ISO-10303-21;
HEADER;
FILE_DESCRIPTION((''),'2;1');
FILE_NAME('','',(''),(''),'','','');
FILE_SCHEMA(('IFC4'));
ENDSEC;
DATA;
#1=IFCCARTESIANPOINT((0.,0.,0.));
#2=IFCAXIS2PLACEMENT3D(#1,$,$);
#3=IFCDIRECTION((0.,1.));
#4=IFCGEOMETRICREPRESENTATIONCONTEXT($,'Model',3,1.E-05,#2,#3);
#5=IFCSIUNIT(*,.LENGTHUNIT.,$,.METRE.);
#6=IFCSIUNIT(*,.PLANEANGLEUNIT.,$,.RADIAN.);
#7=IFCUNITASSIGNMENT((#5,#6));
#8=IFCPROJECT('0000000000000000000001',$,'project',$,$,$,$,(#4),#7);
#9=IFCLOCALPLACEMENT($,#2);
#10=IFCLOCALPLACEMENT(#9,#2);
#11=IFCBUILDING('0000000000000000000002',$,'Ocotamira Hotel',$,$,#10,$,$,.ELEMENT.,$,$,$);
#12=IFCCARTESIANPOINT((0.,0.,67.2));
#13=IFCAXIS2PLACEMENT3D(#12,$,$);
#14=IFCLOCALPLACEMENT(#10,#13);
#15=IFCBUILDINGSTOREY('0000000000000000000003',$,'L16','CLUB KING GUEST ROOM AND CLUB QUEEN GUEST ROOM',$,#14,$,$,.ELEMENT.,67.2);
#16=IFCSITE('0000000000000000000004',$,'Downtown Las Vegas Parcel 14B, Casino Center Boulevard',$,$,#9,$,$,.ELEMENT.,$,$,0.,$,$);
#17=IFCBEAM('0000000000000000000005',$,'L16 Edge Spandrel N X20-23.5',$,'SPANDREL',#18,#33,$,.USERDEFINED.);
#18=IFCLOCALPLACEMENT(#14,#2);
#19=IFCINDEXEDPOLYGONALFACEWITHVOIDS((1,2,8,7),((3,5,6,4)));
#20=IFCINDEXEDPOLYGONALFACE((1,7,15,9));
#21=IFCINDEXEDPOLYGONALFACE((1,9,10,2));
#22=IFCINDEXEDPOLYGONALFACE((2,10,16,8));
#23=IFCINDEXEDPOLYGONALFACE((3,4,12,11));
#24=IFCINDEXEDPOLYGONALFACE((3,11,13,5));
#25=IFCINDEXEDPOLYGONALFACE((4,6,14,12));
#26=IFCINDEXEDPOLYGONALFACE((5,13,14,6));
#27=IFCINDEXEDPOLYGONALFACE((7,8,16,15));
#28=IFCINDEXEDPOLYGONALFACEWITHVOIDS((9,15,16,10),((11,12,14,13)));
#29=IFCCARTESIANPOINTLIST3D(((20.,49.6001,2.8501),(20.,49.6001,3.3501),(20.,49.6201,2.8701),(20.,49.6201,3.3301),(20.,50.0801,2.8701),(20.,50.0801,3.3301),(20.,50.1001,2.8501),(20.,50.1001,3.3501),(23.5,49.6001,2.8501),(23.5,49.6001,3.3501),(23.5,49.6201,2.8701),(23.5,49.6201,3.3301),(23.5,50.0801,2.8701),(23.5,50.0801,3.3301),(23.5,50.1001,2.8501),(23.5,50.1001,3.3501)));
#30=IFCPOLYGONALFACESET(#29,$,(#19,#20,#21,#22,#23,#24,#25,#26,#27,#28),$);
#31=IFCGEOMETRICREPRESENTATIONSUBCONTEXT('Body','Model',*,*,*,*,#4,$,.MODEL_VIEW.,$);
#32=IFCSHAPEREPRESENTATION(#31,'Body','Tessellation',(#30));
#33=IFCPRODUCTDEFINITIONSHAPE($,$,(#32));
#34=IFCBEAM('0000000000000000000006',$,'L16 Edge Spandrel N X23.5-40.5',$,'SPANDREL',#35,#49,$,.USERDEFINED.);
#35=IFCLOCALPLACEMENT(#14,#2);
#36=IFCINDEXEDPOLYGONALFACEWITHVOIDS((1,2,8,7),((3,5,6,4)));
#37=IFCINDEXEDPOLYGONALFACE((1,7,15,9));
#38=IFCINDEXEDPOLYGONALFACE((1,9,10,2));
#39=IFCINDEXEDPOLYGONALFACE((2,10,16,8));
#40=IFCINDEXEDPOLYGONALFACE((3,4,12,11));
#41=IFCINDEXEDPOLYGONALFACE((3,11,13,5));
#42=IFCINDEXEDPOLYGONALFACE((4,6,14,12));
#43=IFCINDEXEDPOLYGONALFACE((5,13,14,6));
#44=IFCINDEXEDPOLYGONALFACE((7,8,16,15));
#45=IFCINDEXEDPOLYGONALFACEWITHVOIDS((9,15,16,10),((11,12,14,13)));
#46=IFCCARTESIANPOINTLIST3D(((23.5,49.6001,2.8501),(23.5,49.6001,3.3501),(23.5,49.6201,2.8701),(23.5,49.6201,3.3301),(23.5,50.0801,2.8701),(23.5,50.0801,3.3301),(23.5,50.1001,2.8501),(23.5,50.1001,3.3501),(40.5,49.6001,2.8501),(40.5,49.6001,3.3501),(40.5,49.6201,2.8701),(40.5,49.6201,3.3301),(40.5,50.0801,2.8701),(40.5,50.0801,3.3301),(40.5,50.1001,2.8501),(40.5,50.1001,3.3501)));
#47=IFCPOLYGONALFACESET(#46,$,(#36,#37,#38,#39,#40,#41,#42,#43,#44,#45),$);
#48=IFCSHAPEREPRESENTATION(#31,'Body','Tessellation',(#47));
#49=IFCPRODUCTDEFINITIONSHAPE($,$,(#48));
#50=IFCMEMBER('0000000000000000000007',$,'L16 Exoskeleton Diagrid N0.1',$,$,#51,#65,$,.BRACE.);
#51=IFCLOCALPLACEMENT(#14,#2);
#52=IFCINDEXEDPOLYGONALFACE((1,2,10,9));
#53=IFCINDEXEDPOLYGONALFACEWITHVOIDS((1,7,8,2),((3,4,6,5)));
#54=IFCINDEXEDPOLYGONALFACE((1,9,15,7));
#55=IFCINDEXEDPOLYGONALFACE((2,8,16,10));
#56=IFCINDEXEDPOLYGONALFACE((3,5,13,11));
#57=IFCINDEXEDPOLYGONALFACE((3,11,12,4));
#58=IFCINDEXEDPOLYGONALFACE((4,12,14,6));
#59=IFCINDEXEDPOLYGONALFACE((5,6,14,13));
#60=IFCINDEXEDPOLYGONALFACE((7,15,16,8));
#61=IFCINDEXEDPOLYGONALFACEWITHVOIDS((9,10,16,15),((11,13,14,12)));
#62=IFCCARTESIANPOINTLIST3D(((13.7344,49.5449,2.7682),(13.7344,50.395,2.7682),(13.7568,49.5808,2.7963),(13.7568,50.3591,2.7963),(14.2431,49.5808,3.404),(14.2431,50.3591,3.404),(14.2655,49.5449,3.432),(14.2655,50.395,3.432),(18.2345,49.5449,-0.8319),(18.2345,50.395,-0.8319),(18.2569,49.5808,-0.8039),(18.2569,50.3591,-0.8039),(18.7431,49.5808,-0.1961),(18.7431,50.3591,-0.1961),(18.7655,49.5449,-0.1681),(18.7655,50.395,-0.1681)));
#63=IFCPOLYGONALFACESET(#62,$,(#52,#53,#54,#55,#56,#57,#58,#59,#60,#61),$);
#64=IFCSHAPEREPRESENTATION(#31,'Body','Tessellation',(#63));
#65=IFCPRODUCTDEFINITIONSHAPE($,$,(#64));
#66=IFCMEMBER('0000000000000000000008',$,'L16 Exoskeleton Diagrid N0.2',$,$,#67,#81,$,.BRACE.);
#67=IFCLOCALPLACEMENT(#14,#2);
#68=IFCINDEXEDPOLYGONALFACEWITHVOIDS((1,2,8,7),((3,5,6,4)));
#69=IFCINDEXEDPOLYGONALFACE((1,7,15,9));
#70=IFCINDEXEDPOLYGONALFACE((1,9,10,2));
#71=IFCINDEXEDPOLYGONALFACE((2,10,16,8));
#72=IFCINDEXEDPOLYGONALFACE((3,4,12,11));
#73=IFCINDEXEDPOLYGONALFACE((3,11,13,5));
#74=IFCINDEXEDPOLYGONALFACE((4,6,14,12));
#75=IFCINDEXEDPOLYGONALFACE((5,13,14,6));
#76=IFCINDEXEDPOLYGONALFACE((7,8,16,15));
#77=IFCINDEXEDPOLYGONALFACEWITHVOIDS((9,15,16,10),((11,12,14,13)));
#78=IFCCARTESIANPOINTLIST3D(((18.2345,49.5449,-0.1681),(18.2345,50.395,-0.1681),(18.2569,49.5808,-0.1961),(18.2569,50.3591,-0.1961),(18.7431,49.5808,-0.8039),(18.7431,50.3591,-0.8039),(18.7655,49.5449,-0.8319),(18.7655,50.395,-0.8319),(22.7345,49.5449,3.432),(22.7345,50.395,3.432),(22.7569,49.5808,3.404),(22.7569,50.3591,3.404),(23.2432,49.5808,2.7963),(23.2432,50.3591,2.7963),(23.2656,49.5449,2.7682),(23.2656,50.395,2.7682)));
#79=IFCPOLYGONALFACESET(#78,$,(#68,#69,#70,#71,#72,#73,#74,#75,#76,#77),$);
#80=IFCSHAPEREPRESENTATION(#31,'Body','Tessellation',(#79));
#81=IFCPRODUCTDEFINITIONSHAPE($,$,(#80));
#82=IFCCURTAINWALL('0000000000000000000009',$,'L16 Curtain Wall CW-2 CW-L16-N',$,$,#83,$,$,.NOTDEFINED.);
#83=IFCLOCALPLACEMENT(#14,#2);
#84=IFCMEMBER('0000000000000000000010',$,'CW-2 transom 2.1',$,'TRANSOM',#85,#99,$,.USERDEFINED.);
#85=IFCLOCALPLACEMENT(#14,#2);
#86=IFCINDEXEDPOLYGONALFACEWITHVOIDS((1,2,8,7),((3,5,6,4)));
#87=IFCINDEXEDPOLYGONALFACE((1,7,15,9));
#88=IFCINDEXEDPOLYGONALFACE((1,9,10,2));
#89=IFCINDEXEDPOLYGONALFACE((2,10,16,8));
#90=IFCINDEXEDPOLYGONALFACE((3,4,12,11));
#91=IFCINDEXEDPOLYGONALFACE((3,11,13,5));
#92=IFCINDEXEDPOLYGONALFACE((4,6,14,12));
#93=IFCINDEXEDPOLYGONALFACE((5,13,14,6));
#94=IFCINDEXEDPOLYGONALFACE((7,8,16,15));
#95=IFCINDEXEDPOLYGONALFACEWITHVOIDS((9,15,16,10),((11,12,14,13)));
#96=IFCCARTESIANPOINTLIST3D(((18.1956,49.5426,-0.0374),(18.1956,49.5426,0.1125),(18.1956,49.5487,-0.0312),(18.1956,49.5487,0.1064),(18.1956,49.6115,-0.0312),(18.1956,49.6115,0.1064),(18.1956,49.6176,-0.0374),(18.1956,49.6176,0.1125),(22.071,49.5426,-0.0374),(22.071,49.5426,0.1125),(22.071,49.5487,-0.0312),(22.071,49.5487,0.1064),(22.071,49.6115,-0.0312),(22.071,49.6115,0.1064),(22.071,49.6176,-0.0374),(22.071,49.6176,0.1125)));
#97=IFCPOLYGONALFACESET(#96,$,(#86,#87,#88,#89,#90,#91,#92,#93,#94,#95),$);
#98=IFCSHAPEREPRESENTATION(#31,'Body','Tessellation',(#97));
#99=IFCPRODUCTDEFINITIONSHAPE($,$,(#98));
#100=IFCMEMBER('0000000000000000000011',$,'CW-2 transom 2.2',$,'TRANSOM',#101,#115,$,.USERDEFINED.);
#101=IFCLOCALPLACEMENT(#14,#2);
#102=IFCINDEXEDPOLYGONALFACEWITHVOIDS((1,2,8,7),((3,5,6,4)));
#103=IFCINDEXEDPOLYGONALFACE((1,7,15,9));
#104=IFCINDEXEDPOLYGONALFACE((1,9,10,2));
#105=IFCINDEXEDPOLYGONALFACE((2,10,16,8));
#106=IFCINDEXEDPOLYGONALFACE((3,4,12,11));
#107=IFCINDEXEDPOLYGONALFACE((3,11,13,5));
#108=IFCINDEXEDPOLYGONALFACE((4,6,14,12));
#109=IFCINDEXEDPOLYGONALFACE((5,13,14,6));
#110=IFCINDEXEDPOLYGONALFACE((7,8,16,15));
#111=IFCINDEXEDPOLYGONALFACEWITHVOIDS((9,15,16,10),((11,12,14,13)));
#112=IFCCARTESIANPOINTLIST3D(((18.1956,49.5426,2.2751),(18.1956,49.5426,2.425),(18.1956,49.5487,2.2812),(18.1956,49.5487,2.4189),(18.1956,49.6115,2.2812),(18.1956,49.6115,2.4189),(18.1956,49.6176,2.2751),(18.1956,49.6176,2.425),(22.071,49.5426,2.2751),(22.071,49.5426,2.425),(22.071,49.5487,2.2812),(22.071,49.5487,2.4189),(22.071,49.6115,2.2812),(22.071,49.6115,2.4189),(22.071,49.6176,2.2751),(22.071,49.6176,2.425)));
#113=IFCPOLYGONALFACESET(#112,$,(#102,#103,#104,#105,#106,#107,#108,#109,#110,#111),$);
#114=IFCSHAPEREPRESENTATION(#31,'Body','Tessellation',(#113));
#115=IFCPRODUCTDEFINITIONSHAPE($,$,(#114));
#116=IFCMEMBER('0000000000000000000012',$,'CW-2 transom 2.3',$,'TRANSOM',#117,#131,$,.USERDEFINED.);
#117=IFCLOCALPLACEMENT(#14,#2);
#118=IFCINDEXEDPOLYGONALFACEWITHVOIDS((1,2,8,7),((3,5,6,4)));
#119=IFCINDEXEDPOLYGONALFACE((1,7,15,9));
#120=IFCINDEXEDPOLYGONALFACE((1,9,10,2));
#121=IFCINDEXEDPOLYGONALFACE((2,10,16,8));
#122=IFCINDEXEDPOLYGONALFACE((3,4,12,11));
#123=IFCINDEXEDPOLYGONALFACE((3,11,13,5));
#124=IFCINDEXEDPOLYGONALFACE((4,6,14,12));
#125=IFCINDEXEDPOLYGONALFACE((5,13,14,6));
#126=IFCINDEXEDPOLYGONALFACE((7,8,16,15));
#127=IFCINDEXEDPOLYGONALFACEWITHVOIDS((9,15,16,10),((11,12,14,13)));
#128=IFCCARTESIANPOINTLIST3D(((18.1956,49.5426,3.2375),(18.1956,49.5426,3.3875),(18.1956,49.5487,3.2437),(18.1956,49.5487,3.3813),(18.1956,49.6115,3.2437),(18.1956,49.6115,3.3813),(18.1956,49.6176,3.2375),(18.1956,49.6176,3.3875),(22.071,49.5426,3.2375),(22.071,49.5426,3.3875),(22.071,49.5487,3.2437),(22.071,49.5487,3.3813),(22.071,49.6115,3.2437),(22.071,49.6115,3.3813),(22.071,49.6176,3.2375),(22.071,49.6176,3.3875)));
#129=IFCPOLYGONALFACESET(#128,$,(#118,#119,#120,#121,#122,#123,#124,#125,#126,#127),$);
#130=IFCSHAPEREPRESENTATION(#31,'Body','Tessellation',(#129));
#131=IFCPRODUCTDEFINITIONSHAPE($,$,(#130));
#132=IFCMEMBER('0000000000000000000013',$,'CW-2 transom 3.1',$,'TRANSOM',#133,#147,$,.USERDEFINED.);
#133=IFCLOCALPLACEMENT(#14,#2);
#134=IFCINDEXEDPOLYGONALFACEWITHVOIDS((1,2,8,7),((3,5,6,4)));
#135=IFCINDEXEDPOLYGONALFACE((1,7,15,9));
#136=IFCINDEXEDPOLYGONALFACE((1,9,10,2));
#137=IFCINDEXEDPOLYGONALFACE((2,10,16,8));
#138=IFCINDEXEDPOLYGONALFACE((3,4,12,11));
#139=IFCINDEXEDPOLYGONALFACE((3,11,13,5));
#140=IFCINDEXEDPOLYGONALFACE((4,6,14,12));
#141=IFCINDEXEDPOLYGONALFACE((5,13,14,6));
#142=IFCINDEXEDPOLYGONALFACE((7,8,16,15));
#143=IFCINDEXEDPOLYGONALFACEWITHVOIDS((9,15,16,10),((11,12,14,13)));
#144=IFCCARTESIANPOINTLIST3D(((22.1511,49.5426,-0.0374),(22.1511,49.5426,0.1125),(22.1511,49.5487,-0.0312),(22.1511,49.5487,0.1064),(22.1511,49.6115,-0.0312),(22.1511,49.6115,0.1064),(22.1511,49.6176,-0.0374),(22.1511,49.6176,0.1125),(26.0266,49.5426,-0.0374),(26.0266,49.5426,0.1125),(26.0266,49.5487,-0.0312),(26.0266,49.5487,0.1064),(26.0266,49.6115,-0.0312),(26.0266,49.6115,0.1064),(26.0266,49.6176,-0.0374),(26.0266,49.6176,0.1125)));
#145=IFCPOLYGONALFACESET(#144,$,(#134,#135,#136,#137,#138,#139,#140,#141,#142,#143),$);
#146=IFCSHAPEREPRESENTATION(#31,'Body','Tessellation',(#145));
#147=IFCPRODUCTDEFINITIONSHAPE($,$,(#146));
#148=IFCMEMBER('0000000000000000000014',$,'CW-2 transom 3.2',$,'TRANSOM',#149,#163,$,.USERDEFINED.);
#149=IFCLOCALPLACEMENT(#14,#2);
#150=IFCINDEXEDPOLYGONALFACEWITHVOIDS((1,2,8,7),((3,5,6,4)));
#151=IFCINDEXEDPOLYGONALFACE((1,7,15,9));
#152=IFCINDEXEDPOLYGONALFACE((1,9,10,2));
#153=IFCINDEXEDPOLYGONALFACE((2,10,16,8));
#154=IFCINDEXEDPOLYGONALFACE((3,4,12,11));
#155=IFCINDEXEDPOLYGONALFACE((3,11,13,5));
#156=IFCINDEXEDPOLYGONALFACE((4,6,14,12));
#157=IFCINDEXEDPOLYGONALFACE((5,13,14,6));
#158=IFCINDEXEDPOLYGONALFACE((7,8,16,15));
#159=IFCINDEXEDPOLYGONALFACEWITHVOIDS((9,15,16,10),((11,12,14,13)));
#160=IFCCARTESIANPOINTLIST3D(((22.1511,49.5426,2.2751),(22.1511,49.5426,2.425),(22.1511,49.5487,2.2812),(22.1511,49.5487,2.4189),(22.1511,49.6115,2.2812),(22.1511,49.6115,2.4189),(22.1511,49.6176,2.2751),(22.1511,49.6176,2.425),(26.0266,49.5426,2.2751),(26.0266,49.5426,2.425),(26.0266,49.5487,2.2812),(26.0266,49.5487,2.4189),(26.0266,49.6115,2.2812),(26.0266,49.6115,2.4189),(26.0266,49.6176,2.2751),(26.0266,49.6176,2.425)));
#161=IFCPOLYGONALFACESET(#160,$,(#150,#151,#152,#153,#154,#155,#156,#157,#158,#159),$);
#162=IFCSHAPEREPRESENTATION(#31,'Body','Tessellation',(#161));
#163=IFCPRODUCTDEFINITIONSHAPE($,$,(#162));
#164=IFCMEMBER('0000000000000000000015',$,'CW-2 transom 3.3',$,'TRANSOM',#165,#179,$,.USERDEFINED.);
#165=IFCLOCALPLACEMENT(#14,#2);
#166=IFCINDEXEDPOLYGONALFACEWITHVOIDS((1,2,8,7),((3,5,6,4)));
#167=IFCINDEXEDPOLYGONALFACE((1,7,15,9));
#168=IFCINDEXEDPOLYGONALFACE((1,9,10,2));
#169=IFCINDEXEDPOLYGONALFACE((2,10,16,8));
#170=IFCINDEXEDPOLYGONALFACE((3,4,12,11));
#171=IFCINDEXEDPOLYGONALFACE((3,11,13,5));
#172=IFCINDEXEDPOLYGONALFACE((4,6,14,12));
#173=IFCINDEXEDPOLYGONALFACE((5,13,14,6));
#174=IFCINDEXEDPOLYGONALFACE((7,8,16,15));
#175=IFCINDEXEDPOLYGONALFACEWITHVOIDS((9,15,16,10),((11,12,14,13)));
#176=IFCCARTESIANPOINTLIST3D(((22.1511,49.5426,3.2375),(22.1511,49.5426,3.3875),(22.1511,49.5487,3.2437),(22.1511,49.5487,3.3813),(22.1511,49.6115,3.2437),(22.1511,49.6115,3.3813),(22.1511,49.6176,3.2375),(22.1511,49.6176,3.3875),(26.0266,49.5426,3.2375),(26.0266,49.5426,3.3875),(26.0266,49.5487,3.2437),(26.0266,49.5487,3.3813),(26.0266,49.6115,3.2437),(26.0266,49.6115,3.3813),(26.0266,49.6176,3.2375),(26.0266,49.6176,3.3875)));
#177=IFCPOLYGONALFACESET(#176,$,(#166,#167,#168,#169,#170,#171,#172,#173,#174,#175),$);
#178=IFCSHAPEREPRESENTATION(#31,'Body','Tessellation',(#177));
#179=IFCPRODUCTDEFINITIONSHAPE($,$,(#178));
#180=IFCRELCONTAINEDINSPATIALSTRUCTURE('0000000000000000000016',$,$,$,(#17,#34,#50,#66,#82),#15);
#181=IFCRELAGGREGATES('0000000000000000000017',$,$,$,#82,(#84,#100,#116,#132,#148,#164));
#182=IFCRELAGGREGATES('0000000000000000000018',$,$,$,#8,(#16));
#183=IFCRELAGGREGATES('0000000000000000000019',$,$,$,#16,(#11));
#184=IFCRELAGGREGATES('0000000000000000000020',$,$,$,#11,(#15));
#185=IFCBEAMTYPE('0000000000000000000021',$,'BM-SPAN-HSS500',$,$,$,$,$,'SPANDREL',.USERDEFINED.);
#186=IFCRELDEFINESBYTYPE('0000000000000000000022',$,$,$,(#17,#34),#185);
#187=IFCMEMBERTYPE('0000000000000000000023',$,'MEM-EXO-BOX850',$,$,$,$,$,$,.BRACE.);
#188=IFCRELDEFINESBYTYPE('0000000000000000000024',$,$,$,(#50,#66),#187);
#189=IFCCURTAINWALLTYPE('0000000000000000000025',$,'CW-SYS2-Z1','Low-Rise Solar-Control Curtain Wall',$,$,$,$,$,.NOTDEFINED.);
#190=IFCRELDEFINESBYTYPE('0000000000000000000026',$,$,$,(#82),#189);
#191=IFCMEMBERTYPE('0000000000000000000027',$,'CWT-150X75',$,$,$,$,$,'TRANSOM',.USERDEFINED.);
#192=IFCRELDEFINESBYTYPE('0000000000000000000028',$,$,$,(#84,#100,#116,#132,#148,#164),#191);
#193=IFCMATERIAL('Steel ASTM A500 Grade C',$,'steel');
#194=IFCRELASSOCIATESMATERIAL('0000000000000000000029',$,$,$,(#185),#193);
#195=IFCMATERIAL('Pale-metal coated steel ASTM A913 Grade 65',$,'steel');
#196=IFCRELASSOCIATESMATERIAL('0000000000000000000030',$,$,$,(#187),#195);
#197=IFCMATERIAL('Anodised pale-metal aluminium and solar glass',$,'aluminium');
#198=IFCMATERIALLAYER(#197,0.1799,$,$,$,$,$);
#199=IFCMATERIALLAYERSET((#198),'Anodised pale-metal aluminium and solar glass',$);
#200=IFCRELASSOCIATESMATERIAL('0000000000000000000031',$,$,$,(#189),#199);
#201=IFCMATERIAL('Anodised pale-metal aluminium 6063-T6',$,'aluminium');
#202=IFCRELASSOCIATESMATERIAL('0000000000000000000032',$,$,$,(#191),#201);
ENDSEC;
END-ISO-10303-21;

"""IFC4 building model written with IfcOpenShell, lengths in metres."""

from ifc_helpers import new_model, si_unit, direction, frame, origin, origin_2d, place, context, subcontext, project, spatial, hollow_rectangle, extrude, source, transform, mapped, material, layer, layer_set, material_profile, profile_set, type_object, element, aggregate, save


model = new_model("IFC4")

# Units and contexts
model_context = context("Model", 3, precision=1e-05, world=origin(), true_north=direction((0.0, 1.0)))
body_context = subcontext(model_context, "Body", "Model", "MODEL_VIEW")
ifc_project = project(units=[si_unit("LENGTHUNIT", "METRE"), si_unit("PLANEANGLEUNIT", "RADIAN")], contexts=[model_context])

# Site, building, storey
site_placement = place(None, origin())
site = spatial("IfcSite", under=ifc_project, at=site_placement, Name="Downtown Las Vegas Parcel 14B, Casino Center Boulevard", CompositionType="ELEMENT", RefElevation=0.0)
building_placement = place(site_placement, origin())
building = spatial("IfcBuilding", under=site, at=building_placement, Name="Ocotamira Hotel", CompositionType="ELEMENT")
storey_placement = place(building_placement, frame((0.0, 0.0, 67.2)))
storey = spatial("IfcBuildingStorey", under=building, at=storey_placement, Name="L16", Description="CLUB KING GUEST ROOM AND CLUB QUEEN GUEST ROOM", CompositionType="ELEMENT", Elevation=67.2)

# Beams
ifc_material_1 = material(Name="Steel ASTM A500 Grade C", Category="steel")
ifc_material_profile_1 = material_profile(ifc_material_1, hollow_rectangle(XDim=0.5, YDim=0.5, WallThickness=0.02, at=origin_2d()), Name="HSS500X500X20")
ifc_profile_set_1 = profile_set([ifc_material_profile_1], Name="Steel ASTM A500 Grade C")
beam_type_1 = type_object("IfcBeamType", Name="BM-SPAN-HSS500", ElementType="SPANDREL", PredefinedType="USERDEFINED", material=ifc_profile_set_1)
shared_shape_1 = source(origin(), body_context, "Body", "SweptSolid", [
    extrude(hollow_rectangle(XDim=0.5, YDim=0.5, WallThickness=0.02, at=origin_2d()), origin(), (0.0, 0.0, 1.0), 3.5),
])
beam_1_placement = place(storey_placement, frame((20.0, 49.8501, 3.1001), z_axis=(1.0, 0.0, 0.0), x_axis=(0.0, 1.0, 0.0)))
element("IfcBeam", 1, at=beam_1_placement, inside=storey, type_object=beam_type_1, Name="L16 Edge Spandrel N X20-23.5", ObjectType="SPANDREL", PredefinedType="USERDEFINED", context=body_context, shape_type="MappedRepresentation", body=[
    mapped(shared_shape_1, transform((0.0, 0.0, 0.0), scale=1.0)),
])
shared_shape_2 = source(origin(), body_context, "Body", "SweptSolid", [
    extrude(hollow_rectangle(XDim=0.5, YDim=0.5, WallThickness=0.02, at=origin_2d()), origin(), (0.0, 0.0, 1.0), 17.0),
])
beam_2_placement = place(storey_placement, frame((23.5, 49.8501, 3.1001), z_axis=(1.0, 0.0, 0.0), x_axis=(0.0, 1.0, 0.0)))
element("IfcBeam", 2, at=beam_2_placement, inside=storey, type_object=beam_type_1, Name="L16 Edge Spandrel N X23.5-40.5", ObjectType="SPANDREL", PredefinedType="USERDEFINED", context=body_context, shape_type="MappedRepresentation", body=[
    mapped(shared_shape_2, transform((0.0, 0.0, 0.0), scale=1.0)),
])

# Members
ifc_material_2 = material(Name="Pale-metal coated steel ASTM A913 Grade 65", Category="steel")
ifc_material_profile_2 = material_profile(ifc_material_2, hollow_rectangle(XDim=0.8501, YDim=0.8501, WallThickness=0.0359, at=origin_2d()), Name="BOX850X850X36")
ifc_profile_set_2 = profile_set([ifc_material_profile_2], Name="Pale-metal coated steel ASTM A913 Grade 65")
member_type_1 = type_object("IfcMemberType", Name="MEM-EXO-BOX850", PredefinedType="BRACE", material=ifc_profile_set_2)
shared_shape_3 = source(origin(), body_context, "Body", "SweptSolid", [
    extrude(hollow_rectangle(XDim=0.8501, YDim=0.8501, WallThickness=0.0359, at=origin_2d()), origin(), (0.0, 0.0, 1.0), 5.7629),
])
for number, where, z_axis, x_axis, name in (
    (3, (18.5, 49.97, -0.5), (-0.780861, 0.0, 0.624705), (0.0, -1.0, 0.0), "L16 Exoskeleton Diagrid N0.1"),
    (4, (18.5, 49.97, -0.5), (0.780861, 0.0, 0.624705), (0.0, 1.0, 0.0), "L16 Exoskeleton Diagrid N0.2"),
):
    element("IfcMember", number, at=place(storey_placement, frame(where, z_axis=z_axis, x_axis=x_axis)), inside=storey, type_object=member_type_1, Name=name, PredefinedType="BRACE", context=body_context, shape_type="MappedRepresentation", body=[
        mapped(shared_shape_3, transform((0.0, 0.0, 0.0), scale=1.0)),
    ])

# Curtain wall, members
ifc_material_3 = material(Name="Anodised pale-metal aluminium and solar glass", Category="aluminium")
ifc_layer_1 = layer(ifc_material_3, 0.1799)
ifc_layer_set_1 = layer_set([ifc_layer_1], Name="Anodised pale-metal aluminium and solar glass")
curtain_wall_type_1 = type_object("IfcCurtainWallType", Name="CW-SYS2-Z1", Description="Low-Rise Solar-Control Curtain Wall", PredefinedType="NOTDEFINED", material=ifc_layer_set_1)
curtain_wall_1_placement = place(storey_placement, origin())
curtain_wall_1 = element("IfcCurtainWall", 5, at=curtain_wall_1_placement, inside=storey, type_object=curtain_wall_type_1, Name="L16 Curtain Wall CW-2 CW-L16-N", PredefinedType="NOTDEFINED")
ifc_material_4 = material(Name="Anodised pale-metal aluminium 6063-T6", Category="aluminium")
ifc_material_profile_3 = material_profile(ifc_material_4, hollow_rectangle(XDim=0.075, YDim=0.1499, WallThickness=0.0061, at=origin_2d()), Name="HSS150X75X6")
ifc_profile_set_3 = profile_set([ifc_material_profile_3], Name="Anodised pale-metal aluminium 6063-T6")
member_type_2 = type_object("IfcMemberType", Name="CWT-150X75", ElementType="TRANSOM", PredefinedType="USERDEFINED", material=ifc_profile_set_3)
shared_shape_4 = source(origin(), body_context, "Body", "SweptSolid", [
    extrude(hollow_rectangle(XDim=0.075, YDim=0.1499, WallThickness=0.0061, at=origin_2d()), origin(), (0.0, 0.0, 1.0), 3.8755),
])
member_1_placement = place(storey_placement, frame((18.1956, 49.5801, 0.0376), z_axis=(1.0, 0.0, 0.0), x_axis=(0.0, 1.0, 0.0)))
member_1 = element("IfcMember", 6, at=member_1_placement, type_object=member_type_2, Name="CW-2 transom 2.1", ObjectType="TRANSOM", PredefinedType="USERDEFINED", context=body_context, shape_type="MappedRepresentation", body=[
    mapped(shared_shape_4, transform((0.0, 0.0, 0.0), scale=1.0)),
])
member_2_placement = place(storey_placement, frame((18.1956, 49.5801, 2.3501), z_axis=(1.0, 0.0, 0.0), x_axis=(0.0, 1.0, 0.0)))
member_2 = element("IfcMember", 7, at=member_2_placement, type_object=member_type_2, Name="CW-2 transom 2.2", ObjectType="TRANSOM", PredefinedType="USERDEFINED", context=body_context, shape_type="MappedRepresentation", body=[
    mapped(shared_shape_4, transform((0.0, 0.0, 0.0), scale=1.0)),
])
member_3_placement = place(storey_placement, frame((18.1956, 49.5801, 3.3125), z_axis=(1.0, 0.0, 0.0), x_axis=(0.0, 1.0, 0.0)))
member_3 = element("IfcMember", 8, at=member_3_placement, type_object=member_type_2, Name="CW-2 transom 2.3", ObjectType="TRANSOM", PredefinedType="USERDEFINED", context=body_context, shape_type="MappedRepresentation", body=[
    mapped(shared_shape_4, transform((0.0, 0.0, 0.0), scale=1.0)),
])
member_4_placement = place(storey_placement, frame((22.1511, 49.5801, 0.0376), z_axis=(1.0, 0.0, 0.0), x_axis=(0.0, 1.0, 0.0)))
member_4 = element("IfcMember", 9, at=member_4_placement, type_object=member_type_2, Name="CW-2 transom 3.1", ObjectType="TRANSOM", PredefinedType="USERDEFINED", context=body_context, shape_type="MappedRepresentation", body=[
    mapped(shared_shape_4, transform((0.0, 0.0, 0.0), scale=1.0)),
])
member_5_placement = place(storey_placement, frame((22.1511, 49.5801, 2.3501), z_axis=(1.0, 0.0, 0.0), x_axis=(0.0, 1.0, 0.0)))
member_5 = element("IfcMember", 10, at=member_5_placement, type_object=member_type_2, Name="CW-2 transom 3.2", ObjectType="TRANSOM", PredefinedType="USERDEFINED", context=body_context, shape_type="MappedRepresentation", body=[
    mapped(shared_shape_4, transform((0.0, 0.0, 0.0), scale=1.0)),
])
member_6_placement = place(storey_placement, frame((22.1511, 49.5801, 3.3125), z_axis=(1.0, 0.0, 0.0), x_axis=(0.0, 1.0, 0.0)))
member_6 = element("IfcMember", 11, at=member_6_placement, type_object=member_type_2, Name="CW-2 transom 3.3", ObjectType="TRANSOM", PredefinedType="USERDEFINED", context=body_context, shape_type="MappedRepresentation", body=[
    mapped(shared_shape_4, transform((0.0, 0.0, 0.0), scale=1.0)),
])

aggregate(curtain_wall_1, [member_1, member_2, member_3, member_4, member_5, member_6])

save(model, "model.ifc")
